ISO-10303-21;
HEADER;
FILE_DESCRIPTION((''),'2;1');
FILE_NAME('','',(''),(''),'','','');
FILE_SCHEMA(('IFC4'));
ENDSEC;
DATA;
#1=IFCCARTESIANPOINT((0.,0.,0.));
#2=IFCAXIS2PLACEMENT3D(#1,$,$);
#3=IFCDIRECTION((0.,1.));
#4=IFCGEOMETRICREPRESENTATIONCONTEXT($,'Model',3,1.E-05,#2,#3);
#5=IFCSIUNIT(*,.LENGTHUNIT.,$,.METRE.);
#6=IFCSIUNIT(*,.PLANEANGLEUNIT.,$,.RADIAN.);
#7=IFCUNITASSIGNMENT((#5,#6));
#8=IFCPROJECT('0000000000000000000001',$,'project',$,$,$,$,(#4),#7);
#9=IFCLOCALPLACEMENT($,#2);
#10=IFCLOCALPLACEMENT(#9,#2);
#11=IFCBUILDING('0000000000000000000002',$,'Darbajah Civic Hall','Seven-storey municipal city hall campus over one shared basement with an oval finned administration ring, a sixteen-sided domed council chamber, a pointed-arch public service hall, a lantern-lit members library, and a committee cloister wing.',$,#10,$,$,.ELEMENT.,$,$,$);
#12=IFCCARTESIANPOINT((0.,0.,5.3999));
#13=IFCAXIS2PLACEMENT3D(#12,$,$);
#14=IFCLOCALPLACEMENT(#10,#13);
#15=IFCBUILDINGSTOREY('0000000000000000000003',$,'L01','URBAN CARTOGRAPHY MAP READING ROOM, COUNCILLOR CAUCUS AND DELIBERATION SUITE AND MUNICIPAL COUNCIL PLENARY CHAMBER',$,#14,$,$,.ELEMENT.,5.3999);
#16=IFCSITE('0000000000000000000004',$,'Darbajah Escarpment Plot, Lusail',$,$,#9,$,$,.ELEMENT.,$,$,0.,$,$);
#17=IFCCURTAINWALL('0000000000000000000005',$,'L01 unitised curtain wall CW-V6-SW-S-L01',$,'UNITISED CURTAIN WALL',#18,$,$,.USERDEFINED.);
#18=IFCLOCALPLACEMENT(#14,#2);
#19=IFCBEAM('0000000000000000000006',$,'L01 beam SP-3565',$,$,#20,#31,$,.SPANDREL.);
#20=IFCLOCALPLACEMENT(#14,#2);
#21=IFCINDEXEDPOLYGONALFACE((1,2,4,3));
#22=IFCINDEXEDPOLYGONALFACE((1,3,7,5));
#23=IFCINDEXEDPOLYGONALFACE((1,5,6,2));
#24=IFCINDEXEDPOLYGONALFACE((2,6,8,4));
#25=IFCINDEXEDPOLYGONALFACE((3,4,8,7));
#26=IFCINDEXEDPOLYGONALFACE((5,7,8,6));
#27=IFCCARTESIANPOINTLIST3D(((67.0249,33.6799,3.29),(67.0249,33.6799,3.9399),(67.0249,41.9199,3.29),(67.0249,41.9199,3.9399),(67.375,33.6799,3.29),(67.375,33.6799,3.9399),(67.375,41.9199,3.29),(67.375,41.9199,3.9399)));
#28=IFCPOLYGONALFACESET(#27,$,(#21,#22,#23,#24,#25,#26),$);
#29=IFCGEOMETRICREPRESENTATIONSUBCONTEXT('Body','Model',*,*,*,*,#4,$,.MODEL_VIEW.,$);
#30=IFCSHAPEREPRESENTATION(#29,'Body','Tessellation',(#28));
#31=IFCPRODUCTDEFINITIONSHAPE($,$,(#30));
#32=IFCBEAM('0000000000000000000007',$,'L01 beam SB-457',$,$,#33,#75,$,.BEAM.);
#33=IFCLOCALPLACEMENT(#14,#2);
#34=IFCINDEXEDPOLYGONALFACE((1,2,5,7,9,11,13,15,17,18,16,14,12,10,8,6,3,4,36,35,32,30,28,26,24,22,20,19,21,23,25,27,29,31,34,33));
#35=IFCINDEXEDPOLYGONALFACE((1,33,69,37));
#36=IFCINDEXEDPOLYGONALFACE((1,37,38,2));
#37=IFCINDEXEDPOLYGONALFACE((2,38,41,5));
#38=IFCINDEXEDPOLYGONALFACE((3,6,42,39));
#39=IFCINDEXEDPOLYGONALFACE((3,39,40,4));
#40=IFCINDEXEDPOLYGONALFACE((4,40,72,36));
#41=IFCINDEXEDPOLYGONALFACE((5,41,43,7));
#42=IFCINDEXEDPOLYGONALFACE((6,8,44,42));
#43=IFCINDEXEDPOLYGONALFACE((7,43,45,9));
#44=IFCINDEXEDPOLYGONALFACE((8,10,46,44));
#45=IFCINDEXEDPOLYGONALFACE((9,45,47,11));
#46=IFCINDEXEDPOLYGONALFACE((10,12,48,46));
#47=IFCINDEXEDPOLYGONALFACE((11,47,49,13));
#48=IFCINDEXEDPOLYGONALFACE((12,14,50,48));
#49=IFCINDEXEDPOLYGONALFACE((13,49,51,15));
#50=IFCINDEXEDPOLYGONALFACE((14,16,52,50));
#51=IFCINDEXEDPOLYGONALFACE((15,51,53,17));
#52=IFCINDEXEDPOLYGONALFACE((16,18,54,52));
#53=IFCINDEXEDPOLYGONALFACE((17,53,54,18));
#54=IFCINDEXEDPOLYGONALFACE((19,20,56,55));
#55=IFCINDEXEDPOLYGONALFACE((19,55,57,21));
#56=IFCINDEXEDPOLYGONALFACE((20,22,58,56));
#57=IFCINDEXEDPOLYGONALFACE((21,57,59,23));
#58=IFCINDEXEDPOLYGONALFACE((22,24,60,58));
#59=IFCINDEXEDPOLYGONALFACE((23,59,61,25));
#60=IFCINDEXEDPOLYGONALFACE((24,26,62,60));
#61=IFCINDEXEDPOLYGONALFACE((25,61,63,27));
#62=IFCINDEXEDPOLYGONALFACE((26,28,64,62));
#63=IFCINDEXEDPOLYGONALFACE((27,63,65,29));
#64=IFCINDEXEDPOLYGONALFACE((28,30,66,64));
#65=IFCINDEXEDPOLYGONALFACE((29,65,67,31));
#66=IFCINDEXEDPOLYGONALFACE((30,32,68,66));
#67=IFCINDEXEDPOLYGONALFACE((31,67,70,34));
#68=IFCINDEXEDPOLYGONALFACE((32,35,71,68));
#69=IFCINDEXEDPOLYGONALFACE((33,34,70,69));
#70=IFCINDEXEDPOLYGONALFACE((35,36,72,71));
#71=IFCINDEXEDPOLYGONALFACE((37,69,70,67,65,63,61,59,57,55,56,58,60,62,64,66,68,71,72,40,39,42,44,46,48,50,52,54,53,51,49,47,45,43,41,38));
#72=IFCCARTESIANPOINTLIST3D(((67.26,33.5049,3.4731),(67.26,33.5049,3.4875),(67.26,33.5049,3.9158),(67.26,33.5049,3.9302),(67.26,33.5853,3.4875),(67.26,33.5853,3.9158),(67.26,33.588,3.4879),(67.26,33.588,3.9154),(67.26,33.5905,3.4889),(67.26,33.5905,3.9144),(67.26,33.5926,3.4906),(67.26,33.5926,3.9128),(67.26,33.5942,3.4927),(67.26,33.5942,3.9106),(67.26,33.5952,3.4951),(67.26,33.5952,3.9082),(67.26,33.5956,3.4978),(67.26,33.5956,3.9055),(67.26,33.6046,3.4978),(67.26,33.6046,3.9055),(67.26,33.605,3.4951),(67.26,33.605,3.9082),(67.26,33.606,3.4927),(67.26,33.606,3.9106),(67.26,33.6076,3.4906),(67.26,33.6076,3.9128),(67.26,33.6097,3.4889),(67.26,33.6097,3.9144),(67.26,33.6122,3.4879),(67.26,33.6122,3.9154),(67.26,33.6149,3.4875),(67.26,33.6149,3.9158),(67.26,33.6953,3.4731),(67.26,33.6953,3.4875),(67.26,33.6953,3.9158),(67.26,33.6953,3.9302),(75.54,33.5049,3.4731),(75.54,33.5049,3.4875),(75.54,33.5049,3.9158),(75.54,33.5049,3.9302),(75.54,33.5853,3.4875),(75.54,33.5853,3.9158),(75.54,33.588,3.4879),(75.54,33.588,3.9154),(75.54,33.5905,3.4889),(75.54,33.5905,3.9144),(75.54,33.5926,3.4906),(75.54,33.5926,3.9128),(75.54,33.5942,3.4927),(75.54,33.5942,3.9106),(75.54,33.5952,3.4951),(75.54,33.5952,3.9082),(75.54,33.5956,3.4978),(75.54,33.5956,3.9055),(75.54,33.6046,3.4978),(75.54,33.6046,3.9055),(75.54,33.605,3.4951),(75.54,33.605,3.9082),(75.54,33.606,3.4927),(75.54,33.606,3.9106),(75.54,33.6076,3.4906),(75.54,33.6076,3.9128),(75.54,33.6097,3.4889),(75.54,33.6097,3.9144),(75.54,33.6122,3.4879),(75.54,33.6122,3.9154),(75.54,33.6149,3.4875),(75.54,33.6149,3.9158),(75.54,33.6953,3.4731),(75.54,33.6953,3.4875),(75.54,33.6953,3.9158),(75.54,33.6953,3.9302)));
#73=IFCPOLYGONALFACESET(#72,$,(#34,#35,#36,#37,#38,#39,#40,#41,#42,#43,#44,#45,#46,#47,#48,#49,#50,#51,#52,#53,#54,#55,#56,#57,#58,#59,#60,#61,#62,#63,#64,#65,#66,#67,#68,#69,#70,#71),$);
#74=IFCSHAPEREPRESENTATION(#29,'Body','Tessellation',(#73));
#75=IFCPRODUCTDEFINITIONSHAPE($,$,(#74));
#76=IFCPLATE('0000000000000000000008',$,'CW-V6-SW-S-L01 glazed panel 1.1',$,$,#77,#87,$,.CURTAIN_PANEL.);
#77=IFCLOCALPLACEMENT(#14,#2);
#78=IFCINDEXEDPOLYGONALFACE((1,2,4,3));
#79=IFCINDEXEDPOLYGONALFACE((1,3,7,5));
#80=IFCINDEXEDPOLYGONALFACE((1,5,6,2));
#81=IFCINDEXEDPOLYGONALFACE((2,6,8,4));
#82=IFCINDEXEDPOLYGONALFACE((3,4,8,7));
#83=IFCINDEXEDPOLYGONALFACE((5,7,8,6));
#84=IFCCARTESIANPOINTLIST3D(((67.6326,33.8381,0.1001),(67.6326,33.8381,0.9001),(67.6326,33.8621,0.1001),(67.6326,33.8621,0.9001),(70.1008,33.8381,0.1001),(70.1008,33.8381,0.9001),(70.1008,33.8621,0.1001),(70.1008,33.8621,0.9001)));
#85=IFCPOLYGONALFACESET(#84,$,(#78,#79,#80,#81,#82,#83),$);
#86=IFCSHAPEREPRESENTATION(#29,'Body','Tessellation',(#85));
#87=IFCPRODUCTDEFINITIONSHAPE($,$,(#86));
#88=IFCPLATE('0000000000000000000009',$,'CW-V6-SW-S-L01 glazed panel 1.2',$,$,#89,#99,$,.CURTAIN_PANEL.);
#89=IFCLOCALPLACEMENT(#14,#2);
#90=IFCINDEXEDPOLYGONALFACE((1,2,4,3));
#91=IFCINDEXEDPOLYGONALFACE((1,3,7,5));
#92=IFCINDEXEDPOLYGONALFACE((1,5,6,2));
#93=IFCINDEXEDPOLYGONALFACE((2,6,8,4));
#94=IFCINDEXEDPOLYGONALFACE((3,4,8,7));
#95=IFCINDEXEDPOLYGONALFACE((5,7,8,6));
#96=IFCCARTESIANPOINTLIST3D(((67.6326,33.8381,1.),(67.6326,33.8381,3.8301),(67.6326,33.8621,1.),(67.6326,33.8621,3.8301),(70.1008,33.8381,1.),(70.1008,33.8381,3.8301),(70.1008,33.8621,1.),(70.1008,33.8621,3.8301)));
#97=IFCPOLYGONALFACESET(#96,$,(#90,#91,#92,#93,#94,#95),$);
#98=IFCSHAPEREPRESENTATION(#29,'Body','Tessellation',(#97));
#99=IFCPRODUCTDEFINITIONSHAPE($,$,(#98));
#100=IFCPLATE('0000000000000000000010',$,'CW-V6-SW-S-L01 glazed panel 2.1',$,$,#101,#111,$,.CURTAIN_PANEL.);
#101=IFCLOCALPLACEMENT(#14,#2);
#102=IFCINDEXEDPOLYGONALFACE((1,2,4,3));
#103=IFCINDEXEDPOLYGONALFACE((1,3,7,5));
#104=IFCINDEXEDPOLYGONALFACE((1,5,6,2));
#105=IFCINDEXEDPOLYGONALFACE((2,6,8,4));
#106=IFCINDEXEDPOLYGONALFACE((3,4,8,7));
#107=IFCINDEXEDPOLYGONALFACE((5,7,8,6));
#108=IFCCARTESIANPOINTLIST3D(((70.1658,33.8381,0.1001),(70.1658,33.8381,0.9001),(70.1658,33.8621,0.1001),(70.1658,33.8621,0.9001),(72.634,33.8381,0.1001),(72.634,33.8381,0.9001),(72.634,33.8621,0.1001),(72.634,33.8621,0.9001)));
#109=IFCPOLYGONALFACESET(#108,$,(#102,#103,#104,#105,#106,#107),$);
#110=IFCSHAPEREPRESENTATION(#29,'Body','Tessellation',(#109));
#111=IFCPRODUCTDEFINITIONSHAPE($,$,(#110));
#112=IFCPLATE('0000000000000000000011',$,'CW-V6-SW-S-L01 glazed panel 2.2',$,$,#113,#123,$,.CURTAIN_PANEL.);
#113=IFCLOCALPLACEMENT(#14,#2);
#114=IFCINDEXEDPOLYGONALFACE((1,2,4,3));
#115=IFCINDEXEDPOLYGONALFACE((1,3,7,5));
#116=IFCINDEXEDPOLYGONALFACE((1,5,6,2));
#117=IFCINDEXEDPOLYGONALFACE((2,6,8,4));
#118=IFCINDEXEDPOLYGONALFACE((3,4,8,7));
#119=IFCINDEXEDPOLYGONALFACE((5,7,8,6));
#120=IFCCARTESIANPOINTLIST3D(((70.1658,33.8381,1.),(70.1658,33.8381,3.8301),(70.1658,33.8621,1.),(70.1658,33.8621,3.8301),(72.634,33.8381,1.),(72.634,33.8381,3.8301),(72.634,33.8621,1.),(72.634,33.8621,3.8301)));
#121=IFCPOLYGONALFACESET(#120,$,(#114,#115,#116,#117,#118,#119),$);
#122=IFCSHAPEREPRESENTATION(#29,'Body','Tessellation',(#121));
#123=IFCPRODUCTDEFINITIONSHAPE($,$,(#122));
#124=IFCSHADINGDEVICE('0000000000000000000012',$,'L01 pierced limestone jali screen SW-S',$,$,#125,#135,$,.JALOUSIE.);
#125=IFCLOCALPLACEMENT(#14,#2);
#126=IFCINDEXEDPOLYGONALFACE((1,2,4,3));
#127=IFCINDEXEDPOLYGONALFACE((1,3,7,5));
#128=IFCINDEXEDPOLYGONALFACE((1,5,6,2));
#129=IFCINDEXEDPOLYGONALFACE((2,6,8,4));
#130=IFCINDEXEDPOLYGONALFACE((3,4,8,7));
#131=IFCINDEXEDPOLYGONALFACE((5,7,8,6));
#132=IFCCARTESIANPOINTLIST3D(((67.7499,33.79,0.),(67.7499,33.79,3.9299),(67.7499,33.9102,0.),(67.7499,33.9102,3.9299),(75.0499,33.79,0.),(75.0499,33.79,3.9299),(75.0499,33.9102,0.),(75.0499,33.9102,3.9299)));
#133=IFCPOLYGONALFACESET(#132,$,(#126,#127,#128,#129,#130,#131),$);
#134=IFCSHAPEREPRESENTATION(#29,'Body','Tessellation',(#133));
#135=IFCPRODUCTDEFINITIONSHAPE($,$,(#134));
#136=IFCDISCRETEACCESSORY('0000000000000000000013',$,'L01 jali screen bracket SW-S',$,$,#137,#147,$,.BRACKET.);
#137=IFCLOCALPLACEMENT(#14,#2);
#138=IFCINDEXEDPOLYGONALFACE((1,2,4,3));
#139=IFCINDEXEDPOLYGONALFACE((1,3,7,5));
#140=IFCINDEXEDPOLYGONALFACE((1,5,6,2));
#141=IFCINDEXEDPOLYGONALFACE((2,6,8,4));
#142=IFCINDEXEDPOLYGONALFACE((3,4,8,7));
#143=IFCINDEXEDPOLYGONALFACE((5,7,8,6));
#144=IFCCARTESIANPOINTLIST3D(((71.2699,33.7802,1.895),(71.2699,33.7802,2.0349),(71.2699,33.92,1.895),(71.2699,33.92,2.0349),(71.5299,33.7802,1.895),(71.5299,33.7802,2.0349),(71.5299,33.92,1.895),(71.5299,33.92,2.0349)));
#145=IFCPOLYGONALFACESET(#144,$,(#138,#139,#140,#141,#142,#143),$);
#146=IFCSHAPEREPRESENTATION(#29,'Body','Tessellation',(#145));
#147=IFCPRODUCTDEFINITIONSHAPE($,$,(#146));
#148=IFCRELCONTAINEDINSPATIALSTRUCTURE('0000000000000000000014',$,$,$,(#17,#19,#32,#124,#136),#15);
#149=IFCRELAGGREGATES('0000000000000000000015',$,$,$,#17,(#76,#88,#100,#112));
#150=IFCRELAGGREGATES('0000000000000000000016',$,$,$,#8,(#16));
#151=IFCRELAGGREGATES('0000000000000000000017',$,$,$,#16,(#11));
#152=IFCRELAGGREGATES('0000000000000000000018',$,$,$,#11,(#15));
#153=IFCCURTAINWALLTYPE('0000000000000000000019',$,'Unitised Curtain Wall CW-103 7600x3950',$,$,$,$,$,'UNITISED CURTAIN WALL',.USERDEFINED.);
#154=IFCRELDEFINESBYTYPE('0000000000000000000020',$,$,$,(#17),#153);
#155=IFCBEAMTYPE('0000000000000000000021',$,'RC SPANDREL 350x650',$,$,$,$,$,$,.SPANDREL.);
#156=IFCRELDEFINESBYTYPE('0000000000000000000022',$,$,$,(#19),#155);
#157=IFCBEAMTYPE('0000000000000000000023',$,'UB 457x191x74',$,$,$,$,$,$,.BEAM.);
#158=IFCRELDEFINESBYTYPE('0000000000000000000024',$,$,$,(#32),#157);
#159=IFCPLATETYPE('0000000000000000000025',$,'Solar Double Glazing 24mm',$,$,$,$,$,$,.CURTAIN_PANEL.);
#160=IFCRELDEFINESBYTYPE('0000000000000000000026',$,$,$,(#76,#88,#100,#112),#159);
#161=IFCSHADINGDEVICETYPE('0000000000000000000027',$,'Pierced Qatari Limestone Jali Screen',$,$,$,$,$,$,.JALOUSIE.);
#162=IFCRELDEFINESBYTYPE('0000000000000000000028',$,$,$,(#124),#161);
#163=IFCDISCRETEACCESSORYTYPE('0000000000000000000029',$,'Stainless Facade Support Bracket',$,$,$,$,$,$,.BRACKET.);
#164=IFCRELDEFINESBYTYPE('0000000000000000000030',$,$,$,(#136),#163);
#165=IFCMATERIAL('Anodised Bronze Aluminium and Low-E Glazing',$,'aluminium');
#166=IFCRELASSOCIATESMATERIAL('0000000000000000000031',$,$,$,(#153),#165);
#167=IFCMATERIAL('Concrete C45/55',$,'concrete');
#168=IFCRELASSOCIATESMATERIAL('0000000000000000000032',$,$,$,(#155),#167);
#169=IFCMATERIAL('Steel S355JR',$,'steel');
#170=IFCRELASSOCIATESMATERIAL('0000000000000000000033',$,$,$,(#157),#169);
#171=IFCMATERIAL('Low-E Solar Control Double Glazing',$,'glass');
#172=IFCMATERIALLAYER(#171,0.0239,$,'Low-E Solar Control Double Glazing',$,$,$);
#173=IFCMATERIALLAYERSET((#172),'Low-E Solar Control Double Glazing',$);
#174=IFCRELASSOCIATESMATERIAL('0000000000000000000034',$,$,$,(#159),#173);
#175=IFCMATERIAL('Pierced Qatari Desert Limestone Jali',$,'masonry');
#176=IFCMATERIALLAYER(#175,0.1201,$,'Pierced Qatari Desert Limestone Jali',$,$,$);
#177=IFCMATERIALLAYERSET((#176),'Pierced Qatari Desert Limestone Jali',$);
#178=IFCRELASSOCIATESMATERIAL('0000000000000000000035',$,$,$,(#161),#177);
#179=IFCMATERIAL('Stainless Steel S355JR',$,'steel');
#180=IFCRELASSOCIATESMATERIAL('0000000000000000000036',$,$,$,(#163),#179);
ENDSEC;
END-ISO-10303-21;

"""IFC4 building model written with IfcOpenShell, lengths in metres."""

from ifc_helpers import new_model, si_unit, direction, frame, origin, origin_2d, place, context, subcontext, project, spatial, rectangle, i_section, extrude, material, layer, layer_set, material_profile, profile_set, type_object, element, aggregate, save


model = new_model("IFC4")

# Units and contexts
model_context = context("Model", 3, precision=1e-05, world=origin(), true_north=direction((0.0, 1.0)))
body_context = subcontext(model_context, "Body", "Model", "MODEL_VIEW")
ifc_project = project(units=[si_unit("LENGTHUNIT", "METRE"), si_unit("PLANEANGLEUNIT", "RADIAN")], contexts=[model_context])

# Site, building, storey
site_placement = place(None, origin())
site = spatial("IfcSite", under=ifc_project, at=site_placement, Name="Darbajah Escarpment Plot, Lusail", CompositionType="ELEMENT", RefElevation=0.0)
building_placement = place(site_placement, origin())
building = spatial("IfcBuilding", under=site, at=building_placement, Name="Darbajah Civic Hall", Description="Seven-storey municipal city hall campus over one shared basement with an oval finned administration ring, a sixteen-sided domed council chamber, a pointed-arch public service hall, a lantern-lit members library, and a committee cloister wing.", CompositionType="ELEMENT")
storey_placement = place(building_placement, frame((0.0, 0.0, 5.3999)))
storey = spatial("IfcBuildingStorey", under=building, at=storey_placement, Name="L01", Description="URBAN CARTOGRAPHY MAP READING ROOM, COUNCILLOR CAUCUS AND DELIBERATION SUITE AND MUNICIPAL COUNCIL PLENARY CHAMBER", CompositionType="ELEMENT", Elevation=5.3999)

# Curtain wall
ifc_material_1 = material(Name="Anodised Bronze Aluminium and Low-E Glazing", Category="aluminium")
curtain_wall_type = type_object("IfcCurtainWallType", Name="Unitised Curtain Wall CW-103 7600x3950", ElementType="UNITISED CURTAIN WALL", PredefinedType="USERDEFINED", material=ifc_material_1)
curtain_wall_placement = place(storey_placement, origin())
curtain_wall = element("IfcCurtainWall", 1, at=curtain_wall_placement, inside=storey, type_object=curtain_wall_type, Name="L01 unitised curtain wall CW-V6-SW-S-L01", ObjectType="UNITISED CURTAIN WALL", PredefinedType="USERDEFINED")

# Beams
ifc_material_2 = material(Name="Concrete C45/55", Category="concrete")
ifc_material_profile_1 = material_profile(ifc_material_2, rectangle(XDim=0.3501, YDim=0.6499, at=origin_2d()), Name="RC SPANDREL 350x650")
ifc_profile_set_1 = profile_set([ifc_material_profile_1], Name="Concrete C45/55")
beam_type_1 = type_object("IfcBeamType", Name="RC SPANDREL 350x650", PredefinedType="SPANDREL", material=ifc_profile_set_1)
beam_1_placement = place(storey_placement, frame((67.2, 33.6799, 3.615), z_axis=(0.0, 1.0, 0.0), x_axis=(-1.0, 0.0, 0.0)))
element("IfcBeam", 2, at=beam_1_placement, inside=storey, type_object=beam_type_1, Name="L01 beam SP-3565", PredefinedType="SPANDREL", context=body_context, shape_type="SweptSolid", body=[
    extrude(rectangle(XDim=0.3501, YDim=0.6499, at=origin_2d()), origin(), (0.0, 0.0, 1.0), 8.24),
])
ifc_material_3 = material(Name="Steel S355JR", Category="steel")
ifc_material_profile_2 = material_profile(ifc_material_3, i_section(OverallWidth=0.1904, OverallDepth=0.457, WebThickness=0.009, FlangeThickness=0.0144, FilletRadius=0.0103, at=origin_2d()), Name="UB 457x191x74")
ifc_profile_set_2 = profile_set([ifc_material_profile_2], Name="Steel S355JR")
beam_type_2 = type_object("IfcBeamType", Name="UB 457x191x74", PredefinedType="BEAM", material=ifc_profile_set_2)
beam_2_placement = place(storey_placement, frame((67.26, 33.6001, 3.7017), z_axis=(1.0, 0.0, 0.0), x_axis=(0.0, 1.0, 0.0)))
element("IfcBeam", 3, at=beam_2_placement, inside=storey, type_object=beam_type_2, Name="L01 beam SB-457", PredefinedType="BEAM", context=body_context, shape_type="SweptSolid", body=[
    extrude(i_section(OverallWidth=0.1904, OverallDepth=0.457, WebThickness=0.009, FlangeThickness=0.0144, FilletRadius=0.0103, at=origin_2d()), origin(), (0.0, 0.0, 1.0), 8.28),
])

# Plates
ifc_material_4 = material(Name="Low-E Solar Control Double Glazing", Category="glass")
ifc_layer_1 = layer(ifc_material_4, 0.0239, Name="Low-E Solar Control Double Glazing")
ifc_layer_set_1 = layer_set([ifc_layer_1], Name="Low-E Solar Control Double Glazing")
plate_type = type_object("IfcPlateType", Name="Solar Double Glazing 24mm", PredefinedType="CURTAIN_PANEL", material=ifc_layer_set_1)
plate_1_placement = place(storey_placement, frame((68.8667, 33.8501, 0.1001), z_axis=(0.0, 0.0, 1.0), x_axis=(1.0, 0.0, 0.0)))
plate_1 = element("IfcPlate", 4, at=plate_1_placement, type_object=plate_type, Name="CW-V6-SW-S-L01 glazed panel 1.1", PredefinedType="CURTAIN_PANEL", context=body_context, shape_type="SweptSolid", body=[
    extrude(rectangle(XDim=2.4683, YDim=0.0239, at=origin_2d()), origin(), (0.0, 0.0, 1.0), 0.8),
])
plate_2_placement = place(storey_placement, frame((68.8667, 33.8501, 1.0), z_axis=(0.0, 0.0, 1.0), x_axis=(1.0, 0.0, 0.0)))
plate_2 = element("IfcPlate", 5, at=plate_2_placement, type_object=plate_type, Name="CW-V6-SW-S-L01 glazed panel 1.2", PredefinedType="CURTAIN_PANEL", context=body_context, shape_type="SweptSolid", body=[
    extrude(rectangle(XDim=2.4683, YDim=0.0239, at=origin_2d()), origin(), (0.0, 0.0, 1.0), 2.8301),
])
plate_3_placement = place(storey_placement, frame((71.3999, 33.8501, 0.1001), z_axis=(0.0, 0.0, 1.0), x_axis=(1.0, 0.0, 0.0)))
plate_3 = element("IfcPlate", 6, at=plate_3_placement, type_object=plate_type, Name="CW-V6-SW-S-L01 glazed panel 2.1", PredefinedType="CURTAIN_PANEL", context=body_context, shape_type="SweptSolid", body=[
    extrude(rectangle(XDim=2.4683, YDim=0.0239, at=origin_2d()), origin(), (0.0, 0.0, 1.0), 0.8),
])
plate_4_placement = place(storey_placement, frame((71.3999, 33.8501, 1.0), z_axis=(0.0, 0.0, 1.0), x_axis=(1.0, 0.0, 0.0)))
plate_4 = element("IfcPlate", 7, at=plate_4_placement, type_object=plate_type, Name="CW-V6-SW-S-L01 glazed panel 2.2", PredefinedType="CURTAIN_PANEL", context=body_context, shape_type="SweptSolid", body=[
    extrude(rectangle(XDim=2.4683, YDim=0.0239, at=origin_2d()), origin(), (0.0, 0.0, 1.0), 2.8301),
])
aggregate(curtain_wall, [plate_1, plate_2, plate_3, plate_4])

# Shading device
ifc_material_5 = material(Name="Pierced Qatari Desert Limestone Jali", Category="masonry")
ifc_layer_2 = layer(ifc_material_5, 0.1201, Name="Pierced Qatari Desert Limestone Jali")
ifc_layer_set_2 = layer_set([ifc_layer_2], Name="Pierced Qatari Desert Limestone Jali")
shading_device_type = type_object("IfcShadingDeviceType", Name="Pierced Qatari Limestone Jali Screen", PredefinedType="JALOUSIE", material=ifc_layer_set_2)
shading_device_placement = place(storey_placement, frame((71.3999, 33.8501, 0.0), z_axis=(0.0, 0.0, 1.0), x_axis=(1.0, 0.0, 0.0)))
element("IfcShadingDevice", 8, at=shading_device_placement, inside=storey, type_object=shading_device_type, Name="L01 pierced limestone jali screen SW-S", PredefinedType="JALOUSIE", context=body_context, shape_type="SweptSolid", body=[
    extrude(rectangle(XDim=7.3, YDim=0.1201, at=origin_2d()), origin(), (0.0, 0.0, 1.0), 3.9299),
])

# Discrete accessory
ifc_material_6 = material(Name="Stainless Steel S355JR", Category="steel")
discrete_accessory_type = type_object("IfcDiscreteAccessoryType", Name="Stainless Facade Support Bracket", PredefinedType="BRACKET", material=ifc_material_6)
discrete_accessory_placement = place(storey_placement, frame((71.3999, 33.8501, 1.895), z_axis=(0.0, 0.0, 1.0), x_axis=(1.0, 0.0, 0.0)))
element("IfcDiscreteAccessory", 9, at=discrete_accessory_placement, inside=storey, type_object=discrete_accessory_type, Name="L01 jali screen bracket SW-S", PredefinedType="BRACKET", context=body_context, shape_type="SweptSolid", body=[
    extrude(rectangle(XDim=0.26, YDim=0.1399, at=origin_2d()), origin(), (0.0, 0.0, 1.0), 0.1399),
])

save(model, "model.ifc")
